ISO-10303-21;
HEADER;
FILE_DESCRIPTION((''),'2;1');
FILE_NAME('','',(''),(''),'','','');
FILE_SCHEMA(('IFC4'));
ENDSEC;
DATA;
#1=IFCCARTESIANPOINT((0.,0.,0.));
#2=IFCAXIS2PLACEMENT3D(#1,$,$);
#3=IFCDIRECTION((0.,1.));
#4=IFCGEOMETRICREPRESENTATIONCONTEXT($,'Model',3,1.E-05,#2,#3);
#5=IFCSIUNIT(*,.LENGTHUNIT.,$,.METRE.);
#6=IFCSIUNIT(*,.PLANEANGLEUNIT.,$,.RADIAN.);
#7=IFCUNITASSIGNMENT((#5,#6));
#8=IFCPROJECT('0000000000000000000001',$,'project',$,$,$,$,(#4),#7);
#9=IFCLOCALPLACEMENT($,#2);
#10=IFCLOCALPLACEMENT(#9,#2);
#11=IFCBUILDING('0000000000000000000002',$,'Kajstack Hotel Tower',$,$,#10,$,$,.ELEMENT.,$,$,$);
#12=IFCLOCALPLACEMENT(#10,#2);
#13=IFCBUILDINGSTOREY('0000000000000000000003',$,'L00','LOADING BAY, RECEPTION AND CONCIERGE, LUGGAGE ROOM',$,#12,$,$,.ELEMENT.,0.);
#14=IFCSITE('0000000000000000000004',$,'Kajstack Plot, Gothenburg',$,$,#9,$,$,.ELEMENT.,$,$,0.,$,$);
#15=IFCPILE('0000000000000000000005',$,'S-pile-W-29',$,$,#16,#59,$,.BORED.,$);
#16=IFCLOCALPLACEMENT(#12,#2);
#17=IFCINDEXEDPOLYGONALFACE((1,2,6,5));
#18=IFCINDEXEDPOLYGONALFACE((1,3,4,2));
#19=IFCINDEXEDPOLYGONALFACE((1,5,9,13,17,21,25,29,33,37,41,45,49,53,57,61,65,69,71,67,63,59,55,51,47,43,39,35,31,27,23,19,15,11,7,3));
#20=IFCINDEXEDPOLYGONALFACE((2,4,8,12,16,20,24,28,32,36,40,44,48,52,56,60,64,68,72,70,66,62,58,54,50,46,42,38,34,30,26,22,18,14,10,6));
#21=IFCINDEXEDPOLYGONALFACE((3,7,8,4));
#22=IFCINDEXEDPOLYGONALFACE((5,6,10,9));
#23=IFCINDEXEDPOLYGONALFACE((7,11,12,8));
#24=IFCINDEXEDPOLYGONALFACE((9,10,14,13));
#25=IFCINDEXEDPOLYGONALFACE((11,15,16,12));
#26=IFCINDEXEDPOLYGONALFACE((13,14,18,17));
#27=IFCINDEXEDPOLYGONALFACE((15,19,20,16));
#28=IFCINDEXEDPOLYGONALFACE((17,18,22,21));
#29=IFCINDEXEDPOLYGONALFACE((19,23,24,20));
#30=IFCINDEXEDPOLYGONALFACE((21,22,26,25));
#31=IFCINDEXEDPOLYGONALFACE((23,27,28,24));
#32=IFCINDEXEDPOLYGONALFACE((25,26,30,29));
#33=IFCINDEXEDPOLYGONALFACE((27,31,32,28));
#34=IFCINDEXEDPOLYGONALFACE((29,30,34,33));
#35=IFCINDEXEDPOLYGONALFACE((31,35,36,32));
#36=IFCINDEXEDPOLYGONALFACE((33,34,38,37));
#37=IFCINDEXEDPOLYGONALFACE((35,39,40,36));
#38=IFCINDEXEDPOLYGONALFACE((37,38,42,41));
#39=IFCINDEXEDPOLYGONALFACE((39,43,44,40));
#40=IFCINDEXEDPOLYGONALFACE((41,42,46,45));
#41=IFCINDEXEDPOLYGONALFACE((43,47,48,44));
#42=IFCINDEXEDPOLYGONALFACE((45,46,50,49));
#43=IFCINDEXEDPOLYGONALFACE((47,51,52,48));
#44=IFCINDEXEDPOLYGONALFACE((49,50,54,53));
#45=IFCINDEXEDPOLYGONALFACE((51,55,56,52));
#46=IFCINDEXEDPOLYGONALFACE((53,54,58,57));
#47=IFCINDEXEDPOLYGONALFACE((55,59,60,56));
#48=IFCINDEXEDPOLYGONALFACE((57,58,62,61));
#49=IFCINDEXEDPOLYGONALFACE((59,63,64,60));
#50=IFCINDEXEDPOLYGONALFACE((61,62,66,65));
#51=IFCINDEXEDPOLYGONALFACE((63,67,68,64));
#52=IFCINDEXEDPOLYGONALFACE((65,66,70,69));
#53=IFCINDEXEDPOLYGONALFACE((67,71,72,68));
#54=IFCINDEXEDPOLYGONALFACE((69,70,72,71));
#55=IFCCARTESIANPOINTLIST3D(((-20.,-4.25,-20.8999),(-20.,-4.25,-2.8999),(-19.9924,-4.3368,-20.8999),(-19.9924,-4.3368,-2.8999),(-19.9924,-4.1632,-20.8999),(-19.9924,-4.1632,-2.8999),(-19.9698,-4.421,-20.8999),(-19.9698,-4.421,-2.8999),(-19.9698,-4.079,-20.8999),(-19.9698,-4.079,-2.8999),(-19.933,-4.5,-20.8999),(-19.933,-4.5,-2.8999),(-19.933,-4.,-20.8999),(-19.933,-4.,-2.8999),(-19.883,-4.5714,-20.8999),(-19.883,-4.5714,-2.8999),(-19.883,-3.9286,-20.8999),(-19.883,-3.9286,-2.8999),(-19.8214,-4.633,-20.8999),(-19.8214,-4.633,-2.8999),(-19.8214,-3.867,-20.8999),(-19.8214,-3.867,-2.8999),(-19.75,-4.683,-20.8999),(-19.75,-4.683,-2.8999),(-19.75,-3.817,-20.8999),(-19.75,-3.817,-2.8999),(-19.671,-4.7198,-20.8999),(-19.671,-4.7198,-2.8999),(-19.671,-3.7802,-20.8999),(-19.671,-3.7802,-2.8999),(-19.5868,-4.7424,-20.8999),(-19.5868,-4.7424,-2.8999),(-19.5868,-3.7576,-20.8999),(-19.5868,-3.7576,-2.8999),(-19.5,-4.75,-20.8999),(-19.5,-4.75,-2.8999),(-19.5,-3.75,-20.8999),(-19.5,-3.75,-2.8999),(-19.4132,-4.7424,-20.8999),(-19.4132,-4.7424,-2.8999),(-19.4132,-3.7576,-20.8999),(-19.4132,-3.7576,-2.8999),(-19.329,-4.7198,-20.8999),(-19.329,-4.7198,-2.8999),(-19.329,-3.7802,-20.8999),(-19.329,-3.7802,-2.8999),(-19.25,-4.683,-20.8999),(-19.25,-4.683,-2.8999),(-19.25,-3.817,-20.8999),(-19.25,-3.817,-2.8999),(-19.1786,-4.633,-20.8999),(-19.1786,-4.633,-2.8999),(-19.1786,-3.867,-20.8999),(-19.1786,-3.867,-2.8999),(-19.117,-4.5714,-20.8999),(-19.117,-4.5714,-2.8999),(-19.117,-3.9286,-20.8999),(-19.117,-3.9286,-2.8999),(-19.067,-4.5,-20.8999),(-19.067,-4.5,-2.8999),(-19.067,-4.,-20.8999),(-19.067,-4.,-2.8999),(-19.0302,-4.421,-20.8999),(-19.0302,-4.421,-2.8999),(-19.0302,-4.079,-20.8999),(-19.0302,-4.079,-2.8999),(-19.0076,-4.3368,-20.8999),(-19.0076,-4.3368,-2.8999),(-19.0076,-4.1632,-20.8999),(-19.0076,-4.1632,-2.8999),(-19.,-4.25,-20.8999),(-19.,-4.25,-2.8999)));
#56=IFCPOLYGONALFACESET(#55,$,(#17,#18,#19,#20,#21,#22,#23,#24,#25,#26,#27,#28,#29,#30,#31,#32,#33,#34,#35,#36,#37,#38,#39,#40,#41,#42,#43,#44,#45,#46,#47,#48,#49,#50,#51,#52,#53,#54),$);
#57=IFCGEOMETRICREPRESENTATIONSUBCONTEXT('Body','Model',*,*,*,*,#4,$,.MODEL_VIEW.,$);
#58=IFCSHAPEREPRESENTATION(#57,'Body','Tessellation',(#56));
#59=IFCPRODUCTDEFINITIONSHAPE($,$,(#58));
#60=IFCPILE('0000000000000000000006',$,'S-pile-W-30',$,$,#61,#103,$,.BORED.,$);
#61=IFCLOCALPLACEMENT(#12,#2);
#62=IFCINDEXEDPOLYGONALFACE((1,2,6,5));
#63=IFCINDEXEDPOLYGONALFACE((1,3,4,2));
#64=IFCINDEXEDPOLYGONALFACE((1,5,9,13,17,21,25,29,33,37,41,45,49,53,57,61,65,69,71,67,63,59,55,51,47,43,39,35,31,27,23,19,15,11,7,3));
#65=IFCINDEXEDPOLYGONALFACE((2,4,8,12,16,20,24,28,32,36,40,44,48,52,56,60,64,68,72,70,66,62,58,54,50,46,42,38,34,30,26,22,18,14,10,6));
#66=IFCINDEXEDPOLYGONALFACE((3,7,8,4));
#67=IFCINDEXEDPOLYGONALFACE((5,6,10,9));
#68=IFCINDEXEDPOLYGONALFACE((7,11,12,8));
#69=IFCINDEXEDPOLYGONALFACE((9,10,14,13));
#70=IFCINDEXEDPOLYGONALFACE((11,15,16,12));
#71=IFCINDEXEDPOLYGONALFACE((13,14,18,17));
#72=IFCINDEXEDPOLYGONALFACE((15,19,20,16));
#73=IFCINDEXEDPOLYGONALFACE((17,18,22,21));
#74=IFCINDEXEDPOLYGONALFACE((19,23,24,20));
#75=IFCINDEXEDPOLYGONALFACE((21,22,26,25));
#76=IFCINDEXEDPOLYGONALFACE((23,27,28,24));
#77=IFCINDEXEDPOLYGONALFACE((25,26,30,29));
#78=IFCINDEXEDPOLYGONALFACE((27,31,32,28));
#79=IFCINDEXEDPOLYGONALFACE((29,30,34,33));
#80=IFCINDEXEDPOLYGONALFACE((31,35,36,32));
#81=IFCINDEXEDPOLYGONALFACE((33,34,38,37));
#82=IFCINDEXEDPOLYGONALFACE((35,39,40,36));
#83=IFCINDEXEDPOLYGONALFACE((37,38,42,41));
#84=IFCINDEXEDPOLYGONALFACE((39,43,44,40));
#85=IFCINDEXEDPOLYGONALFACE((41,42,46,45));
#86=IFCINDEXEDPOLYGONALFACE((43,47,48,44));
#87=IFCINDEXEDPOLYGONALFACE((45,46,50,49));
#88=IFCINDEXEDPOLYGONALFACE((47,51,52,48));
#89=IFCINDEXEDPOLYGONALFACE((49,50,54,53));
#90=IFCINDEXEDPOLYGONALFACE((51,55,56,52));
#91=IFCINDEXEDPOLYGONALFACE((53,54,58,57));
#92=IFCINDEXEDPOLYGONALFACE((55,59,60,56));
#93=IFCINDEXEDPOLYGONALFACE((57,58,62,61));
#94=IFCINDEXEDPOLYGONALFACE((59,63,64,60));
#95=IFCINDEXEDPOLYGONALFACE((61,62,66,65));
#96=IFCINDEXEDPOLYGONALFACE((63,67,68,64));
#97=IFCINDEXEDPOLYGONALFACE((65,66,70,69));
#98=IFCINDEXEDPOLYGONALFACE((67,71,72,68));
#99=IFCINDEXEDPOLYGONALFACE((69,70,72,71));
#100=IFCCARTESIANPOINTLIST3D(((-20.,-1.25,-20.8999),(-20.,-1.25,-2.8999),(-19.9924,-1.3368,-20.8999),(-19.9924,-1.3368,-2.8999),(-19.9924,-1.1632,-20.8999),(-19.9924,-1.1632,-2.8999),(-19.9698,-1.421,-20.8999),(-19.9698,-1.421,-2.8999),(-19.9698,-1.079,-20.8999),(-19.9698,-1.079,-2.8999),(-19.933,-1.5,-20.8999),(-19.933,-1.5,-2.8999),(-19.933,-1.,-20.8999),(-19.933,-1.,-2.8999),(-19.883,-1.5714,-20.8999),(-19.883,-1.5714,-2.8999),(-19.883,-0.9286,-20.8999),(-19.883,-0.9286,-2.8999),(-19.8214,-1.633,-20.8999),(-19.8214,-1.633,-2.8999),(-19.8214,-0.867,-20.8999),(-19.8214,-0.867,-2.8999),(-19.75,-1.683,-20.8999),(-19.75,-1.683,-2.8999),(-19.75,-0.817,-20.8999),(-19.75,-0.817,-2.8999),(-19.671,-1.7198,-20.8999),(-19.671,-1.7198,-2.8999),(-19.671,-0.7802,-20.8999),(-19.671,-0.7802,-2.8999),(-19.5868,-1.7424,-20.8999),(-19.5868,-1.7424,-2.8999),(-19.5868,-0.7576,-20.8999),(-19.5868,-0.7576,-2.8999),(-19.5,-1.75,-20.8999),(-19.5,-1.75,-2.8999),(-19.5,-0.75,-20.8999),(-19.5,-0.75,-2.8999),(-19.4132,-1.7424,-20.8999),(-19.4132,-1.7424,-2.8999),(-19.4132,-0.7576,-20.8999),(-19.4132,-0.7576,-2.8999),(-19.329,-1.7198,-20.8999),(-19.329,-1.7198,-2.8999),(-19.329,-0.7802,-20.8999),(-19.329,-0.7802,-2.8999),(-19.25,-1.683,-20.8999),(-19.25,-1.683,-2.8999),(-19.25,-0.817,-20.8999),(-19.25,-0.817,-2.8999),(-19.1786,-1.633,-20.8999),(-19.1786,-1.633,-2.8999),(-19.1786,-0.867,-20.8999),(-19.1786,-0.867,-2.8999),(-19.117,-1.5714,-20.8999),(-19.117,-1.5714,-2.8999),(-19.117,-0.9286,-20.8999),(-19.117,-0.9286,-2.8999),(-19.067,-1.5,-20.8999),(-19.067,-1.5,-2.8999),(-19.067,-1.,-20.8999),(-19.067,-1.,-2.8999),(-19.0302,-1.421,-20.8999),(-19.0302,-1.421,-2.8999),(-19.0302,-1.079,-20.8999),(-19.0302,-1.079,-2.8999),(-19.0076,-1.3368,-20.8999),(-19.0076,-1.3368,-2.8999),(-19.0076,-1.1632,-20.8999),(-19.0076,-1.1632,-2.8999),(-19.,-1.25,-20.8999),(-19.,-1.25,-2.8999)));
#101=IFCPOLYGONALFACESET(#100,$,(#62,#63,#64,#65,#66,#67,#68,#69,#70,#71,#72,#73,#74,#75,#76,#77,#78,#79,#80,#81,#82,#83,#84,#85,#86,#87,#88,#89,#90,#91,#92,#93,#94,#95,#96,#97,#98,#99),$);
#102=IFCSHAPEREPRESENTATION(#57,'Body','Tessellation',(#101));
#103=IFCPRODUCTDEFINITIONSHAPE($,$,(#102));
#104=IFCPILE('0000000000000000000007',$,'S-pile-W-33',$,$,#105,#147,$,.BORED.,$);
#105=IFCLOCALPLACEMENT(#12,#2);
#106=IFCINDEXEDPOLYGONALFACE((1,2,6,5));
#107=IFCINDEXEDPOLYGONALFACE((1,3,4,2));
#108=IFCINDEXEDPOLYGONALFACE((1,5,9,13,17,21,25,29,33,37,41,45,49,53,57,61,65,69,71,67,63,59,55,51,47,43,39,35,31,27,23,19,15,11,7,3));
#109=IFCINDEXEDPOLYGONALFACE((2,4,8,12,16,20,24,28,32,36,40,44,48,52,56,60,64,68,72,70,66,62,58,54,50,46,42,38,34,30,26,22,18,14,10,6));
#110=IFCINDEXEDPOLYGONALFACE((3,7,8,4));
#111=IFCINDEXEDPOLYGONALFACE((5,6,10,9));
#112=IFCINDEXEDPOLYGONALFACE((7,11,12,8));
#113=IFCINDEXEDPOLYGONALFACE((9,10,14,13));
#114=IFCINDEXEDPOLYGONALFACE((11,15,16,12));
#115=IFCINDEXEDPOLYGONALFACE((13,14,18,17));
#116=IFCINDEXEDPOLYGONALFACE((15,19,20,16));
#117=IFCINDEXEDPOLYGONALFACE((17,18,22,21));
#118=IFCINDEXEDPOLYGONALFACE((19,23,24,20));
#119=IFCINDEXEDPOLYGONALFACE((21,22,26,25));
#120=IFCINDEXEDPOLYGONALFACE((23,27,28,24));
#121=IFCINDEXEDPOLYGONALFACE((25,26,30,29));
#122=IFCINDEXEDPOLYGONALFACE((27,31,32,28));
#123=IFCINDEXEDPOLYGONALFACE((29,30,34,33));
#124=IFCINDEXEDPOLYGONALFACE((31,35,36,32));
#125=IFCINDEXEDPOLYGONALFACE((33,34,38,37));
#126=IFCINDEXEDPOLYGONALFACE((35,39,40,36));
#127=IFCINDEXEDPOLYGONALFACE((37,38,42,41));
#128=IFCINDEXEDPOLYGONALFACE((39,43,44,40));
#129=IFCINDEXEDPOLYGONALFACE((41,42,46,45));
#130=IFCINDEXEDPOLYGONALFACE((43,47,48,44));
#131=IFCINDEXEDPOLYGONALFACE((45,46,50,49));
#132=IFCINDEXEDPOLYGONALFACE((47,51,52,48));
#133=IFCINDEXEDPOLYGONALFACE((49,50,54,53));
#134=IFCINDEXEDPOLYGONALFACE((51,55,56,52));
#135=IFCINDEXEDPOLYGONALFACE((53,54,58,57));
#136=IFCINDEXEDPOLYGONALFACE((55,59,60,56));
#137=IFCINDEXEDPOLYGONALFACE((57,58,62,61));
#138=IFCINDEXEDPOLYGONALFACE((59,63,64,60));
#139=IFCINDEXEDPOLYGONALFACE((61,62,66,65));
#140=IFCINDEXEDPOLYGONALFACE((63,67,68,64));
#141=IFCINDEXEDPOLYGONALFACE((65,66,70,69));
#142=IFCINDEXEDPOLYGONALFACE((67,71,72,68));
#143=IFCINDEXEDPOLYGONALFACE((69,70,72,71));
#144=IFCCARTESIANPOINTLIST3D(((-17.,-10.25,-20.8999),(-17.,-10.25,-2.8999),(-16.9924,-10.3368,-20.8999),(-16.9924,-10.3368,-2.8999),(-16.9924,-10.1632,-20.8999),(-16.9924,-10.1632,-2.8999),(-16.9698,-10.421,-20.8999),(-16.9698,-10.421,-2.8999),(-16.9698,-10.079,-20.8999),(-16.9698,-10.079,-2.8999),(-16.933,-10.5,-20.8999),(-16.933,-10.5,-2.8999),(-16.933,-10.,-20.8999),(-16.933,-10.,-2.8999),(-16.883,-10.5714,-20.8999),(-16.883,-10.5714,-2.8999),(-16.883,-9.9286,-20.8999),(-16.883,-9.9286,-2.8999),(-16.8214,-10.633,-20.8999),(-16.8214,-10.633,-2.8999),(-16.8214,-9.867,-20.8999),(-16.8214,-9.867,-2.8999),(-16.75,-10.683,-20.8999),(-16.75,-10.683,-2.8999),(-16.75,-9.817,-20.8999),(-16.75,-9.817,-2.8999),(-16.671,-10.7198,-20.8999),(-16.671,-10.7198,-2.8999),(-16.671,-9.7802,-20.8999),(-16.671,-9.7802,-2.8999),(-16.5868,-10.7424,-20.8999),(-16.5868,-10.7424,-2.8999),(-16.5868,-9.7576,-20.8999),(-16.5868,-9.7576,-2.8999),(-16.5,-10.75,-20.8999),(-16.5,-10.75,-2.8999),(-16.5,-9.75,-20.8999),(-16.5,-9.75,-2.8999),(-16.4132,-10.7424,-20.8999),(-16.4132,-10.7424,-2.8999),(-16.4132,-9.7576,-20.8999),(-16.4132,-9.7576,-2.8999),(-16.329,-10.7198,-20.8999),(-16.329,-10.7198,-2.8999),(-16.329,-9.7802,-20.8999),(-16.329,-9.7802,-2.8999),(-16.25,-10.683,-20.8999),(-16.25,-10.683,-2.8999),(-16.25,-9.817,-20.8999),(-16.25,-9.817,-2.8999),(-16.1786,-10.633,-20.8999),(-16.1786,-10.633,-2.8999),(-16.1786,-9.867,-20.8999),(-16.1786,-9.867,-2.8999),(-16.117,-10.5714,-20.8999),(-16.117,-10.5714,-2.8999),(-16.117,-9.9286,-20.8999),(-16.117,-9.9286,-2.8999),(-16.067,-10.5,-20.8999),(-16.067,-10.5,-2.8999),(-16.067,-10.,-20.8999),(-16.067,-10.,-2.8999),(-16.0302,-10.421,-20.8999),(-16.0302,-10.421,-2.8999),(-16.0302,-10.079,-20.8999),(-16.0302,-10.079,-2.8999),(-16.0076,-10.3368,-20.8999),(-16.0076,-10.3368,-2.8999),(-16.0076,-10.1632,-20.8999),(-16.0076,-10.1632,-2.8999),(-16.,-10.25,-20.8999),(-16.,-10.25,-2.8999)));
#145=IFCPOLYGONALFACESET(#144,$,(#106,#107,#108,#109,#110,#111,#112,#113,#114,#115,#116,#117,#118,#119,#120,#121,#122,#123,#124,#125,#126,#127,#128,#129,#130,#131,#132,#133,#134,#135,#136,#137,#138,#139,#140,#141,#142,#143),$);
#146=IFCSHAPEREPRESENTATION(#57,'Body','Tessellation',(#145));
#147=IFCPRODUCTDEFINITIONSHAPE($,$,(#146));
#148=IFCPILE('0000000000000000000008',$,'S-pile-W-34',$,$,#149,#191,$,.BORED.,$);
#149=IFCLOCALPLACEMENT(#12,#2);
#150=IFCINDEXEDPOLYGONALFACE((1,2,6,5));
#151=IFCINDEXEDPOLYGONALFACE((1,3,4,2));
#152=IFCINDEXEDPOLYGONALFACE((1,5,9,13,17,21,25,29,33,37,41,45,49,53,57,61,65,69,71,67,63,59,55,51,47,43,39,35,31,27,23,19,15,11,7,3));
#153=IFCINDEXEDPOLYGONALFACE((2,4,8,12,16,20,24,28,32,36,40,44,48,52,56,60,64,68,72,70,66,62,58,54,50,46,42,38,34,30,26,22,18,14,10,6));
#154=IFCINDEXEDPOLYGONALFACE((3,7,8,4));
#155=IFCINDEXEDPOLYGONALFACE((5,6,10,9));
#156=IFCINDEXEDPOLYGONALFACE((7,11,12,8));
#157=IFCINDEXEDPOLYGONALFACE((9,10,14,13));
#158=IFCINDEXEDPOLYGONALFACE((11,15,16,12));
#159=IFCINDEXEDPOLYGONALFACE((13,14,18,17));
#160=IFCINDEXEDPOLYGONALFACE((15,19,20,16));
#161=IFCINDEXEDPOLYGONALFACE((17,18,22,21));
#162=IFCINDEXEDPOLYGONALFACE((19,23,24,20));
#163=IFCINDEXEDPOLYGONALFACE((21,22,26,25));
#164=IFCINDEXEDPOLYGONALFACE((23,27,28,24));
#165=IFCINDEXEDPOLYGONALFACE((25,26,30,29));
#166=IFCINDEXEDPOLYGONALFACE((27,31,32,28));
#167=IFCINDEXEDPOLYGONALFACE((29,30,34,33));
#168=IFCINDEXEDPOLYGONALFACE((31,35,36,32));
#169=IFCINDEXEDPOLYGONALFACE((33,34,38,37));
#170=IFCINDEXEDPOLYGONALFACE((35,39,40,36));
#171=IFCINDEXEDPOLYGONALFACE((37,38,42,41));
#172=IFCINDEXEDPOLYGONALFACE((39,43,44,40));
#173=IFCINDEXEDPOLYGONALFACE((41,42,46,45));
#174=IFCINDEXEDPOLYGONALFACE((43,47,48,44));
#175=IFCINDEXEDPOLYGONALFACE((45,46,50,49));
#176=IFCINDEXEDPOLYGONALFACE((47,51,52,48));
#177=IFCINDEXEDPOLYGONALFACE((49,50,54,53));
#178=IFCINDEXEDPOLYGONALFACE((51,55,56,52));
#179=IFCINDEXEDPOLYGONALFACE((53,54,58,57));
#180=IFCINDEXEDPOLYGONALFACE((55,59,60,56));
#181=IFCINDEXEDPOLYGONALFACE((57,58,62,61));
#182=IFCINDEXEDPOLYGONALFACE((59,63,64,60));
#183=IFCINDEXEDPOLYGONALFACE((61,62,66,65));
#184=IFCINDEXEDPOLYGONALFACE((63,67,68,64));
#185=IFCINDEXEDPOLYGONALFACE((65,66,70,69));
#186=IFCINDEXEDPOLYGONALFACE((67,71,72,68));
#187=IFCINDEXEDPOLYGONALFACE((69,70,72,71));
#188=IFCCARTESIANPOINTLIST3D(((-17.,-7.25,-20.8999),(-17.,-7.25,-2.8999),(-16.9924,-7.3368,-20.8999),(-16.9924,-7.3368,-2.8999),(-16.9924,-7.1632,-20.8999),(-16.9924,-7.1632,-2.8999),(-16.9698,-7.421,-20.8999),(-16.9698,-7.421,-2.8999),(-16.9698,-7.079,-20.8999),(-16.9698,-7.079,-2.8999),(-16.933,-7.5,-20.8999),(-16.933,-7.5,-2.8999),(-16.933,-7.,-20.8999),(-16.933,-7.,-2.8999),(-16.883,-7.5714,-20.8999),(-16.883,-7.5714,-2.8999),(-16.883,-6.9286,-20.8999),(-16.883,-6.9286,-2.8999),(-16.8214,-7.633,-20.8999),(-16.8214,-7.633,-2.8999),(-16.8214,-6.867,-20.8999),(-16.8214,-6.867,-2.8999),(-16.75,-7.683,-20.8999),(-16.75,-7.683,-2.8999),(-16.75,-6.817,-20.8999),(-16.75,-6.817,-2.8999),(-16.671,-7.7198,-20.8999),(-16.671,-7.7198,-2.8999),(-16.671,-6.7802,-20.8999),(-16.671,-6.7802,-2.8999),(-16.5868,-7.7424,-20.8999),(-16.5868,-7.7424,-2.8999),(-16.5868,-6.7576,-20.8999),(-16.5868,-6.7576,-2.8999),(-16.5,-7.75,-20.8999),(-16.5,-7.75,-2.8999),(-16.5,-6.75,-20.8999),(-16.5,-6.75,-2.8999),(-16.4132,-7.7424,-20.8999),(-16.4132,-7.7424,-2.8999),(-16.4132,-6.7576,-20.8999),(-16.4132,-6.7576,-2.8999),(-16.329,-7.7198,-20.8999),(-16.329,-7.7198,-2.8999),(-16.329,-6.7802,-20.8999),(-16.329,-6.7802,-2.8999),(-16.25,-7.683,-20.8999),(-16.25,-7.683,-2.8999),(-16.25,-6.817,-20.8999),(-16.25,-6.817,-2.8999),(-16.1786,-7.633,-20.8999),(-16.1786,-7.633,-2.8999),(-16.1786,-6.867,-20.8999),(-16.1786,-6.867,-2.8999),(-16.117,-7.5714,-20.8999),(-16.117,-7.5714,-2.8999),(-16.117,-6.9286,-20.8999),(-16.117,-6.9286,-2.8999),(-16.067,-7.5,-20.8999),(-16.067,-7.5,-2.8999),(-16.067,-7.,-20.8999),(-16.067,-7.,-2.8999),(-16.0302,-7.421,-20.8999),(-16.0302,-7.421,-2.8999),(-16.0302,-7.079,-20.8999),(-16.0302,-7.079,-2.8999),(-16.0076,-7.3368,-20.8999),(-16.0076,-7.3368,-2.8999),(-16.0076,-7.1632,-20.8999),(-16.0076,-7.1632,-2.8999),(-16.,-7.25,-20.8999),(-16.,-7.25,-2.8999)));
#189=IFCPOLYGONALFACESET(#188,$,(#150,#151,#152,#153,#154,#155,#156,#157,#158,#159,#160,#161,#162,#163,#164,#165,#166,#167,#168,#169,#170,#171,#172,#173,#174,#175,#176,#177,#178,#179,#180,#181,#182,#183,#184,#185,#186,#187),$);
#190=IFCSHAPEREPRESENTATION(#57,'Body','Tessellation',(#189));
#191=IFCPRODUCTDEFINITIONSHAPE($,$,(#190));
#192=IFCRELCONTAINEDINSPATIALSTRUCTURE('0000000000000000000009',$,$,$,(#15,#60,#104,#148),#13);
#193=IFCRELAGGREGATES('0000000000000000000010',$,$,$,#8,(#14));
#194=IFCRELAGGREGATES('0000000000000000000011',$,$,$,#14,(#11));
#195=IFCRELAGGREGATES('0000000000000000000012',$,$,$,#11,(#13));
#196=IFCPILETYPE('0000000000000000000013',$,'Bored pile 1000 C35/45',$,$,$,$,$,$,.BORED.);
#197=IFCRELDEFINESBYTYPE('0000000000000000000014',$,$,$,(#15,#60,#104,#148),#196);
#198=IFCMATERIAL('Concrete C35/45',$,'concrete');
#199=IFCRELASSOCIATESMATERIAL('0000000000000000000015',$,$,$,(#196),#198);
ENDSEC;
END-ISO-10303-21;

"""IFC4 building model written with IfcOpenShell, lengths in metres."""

from ifc_helpers import new_model, si_unit, direction, frame, origin, origin_2d, place, context, subcontext, project, spatial, circle, extrude, material, material_profile, profile_set, type_object, element, save


model = new_model("IFC4")

# Units and contexts
model_context = context("Model", 3, precision=1e-05, world=origin(), true_north=direction((0.0, 1.0)))
body_context = subcontext(model_context, "Body", "Model", "MODEL_VIEW")
ifc_project = project(units=[si_unit("LENGTHUNIT", "METRE"), si_unit("PLANEANGLEUNIT", "RADIAN")], contexts=[model_context])

# Site, building, storey
site_placement = place(None, origin())
site = spatial("IfcSite", under=ifc_project, at=site_placement, Name="Kajstack Plot, Gothenburg", CompositionType="ELEMENT", RefElevation=0.0)
building_placement = place(site_placement, origin())
building = spatial("IfcBuilding", under=site, at=building_placement, Name="Kajstack Hotel Tower", CompositionType="ELEMENT")
storey_placement = place(building_placement, origin())
storey = spatial("IfcBuildingStorey", under=building, at=storey_placement, Name="L00", Description="LOADING BAY, RECEPTION AND CONCIERGE, LUGGAGE ROOM", CompositionType="ELEMENT", Elevation=0.0)

# Piles
ifc_material_1 = material(Name="Concrete C35/45", Category="concrete")
ifc_material_profile = material_profile(ifc_material_1, circle(Radius=0.5, at=origin_2d()), Name="RC round 1000")
ifc_profile_set = profile_set([ifc_material_profile], Name="Concrete C35/45")
pile_type = type_object("IfcPileType", Name="Bored pile 1000 C35/45", PredefinedType="BORED", material=ifc_profile_set)
for number, where, z_axis, x_axis, name in (
    (1, (-19.5, -4.25, -2.8999), (0.0, 0.0, -1.0), (1.0, 0.0, 0.0), "S-pile-W-29"),
    (2, (-19.5, -1.25, -2.8999), (0.0, 0.0, -1.0), (1.0, 0.0, 0.0), "S-pile-W-30"),
    (3, (-16.5, -10.25, -2.8999), (0.0, 0.0, -1.0), (1.0, 0.0, 0.0), "S-pile-W-33"),
    (4, (-16.5, -7.25, -2.8999), (0.0, 0.0, -1.0), (1.0, 0.0, 0.0), "S-pile-W-34"),
):
    element("IfcPile", number, at=place(storey_placement, frame(where, z_axis=z_axis, x_axis=x_axis)), inside=storey, type_object=pile_type, Name=name, PredefinedType="BORED", context=body_context, shape_type="SweptSolid", body=[
        extrude(circle(Radius=0.5, at=origin_2d()), origin(), (0.0, 0.0, 1.0), 18.0),
    ])

save(model, "model.ifc")
